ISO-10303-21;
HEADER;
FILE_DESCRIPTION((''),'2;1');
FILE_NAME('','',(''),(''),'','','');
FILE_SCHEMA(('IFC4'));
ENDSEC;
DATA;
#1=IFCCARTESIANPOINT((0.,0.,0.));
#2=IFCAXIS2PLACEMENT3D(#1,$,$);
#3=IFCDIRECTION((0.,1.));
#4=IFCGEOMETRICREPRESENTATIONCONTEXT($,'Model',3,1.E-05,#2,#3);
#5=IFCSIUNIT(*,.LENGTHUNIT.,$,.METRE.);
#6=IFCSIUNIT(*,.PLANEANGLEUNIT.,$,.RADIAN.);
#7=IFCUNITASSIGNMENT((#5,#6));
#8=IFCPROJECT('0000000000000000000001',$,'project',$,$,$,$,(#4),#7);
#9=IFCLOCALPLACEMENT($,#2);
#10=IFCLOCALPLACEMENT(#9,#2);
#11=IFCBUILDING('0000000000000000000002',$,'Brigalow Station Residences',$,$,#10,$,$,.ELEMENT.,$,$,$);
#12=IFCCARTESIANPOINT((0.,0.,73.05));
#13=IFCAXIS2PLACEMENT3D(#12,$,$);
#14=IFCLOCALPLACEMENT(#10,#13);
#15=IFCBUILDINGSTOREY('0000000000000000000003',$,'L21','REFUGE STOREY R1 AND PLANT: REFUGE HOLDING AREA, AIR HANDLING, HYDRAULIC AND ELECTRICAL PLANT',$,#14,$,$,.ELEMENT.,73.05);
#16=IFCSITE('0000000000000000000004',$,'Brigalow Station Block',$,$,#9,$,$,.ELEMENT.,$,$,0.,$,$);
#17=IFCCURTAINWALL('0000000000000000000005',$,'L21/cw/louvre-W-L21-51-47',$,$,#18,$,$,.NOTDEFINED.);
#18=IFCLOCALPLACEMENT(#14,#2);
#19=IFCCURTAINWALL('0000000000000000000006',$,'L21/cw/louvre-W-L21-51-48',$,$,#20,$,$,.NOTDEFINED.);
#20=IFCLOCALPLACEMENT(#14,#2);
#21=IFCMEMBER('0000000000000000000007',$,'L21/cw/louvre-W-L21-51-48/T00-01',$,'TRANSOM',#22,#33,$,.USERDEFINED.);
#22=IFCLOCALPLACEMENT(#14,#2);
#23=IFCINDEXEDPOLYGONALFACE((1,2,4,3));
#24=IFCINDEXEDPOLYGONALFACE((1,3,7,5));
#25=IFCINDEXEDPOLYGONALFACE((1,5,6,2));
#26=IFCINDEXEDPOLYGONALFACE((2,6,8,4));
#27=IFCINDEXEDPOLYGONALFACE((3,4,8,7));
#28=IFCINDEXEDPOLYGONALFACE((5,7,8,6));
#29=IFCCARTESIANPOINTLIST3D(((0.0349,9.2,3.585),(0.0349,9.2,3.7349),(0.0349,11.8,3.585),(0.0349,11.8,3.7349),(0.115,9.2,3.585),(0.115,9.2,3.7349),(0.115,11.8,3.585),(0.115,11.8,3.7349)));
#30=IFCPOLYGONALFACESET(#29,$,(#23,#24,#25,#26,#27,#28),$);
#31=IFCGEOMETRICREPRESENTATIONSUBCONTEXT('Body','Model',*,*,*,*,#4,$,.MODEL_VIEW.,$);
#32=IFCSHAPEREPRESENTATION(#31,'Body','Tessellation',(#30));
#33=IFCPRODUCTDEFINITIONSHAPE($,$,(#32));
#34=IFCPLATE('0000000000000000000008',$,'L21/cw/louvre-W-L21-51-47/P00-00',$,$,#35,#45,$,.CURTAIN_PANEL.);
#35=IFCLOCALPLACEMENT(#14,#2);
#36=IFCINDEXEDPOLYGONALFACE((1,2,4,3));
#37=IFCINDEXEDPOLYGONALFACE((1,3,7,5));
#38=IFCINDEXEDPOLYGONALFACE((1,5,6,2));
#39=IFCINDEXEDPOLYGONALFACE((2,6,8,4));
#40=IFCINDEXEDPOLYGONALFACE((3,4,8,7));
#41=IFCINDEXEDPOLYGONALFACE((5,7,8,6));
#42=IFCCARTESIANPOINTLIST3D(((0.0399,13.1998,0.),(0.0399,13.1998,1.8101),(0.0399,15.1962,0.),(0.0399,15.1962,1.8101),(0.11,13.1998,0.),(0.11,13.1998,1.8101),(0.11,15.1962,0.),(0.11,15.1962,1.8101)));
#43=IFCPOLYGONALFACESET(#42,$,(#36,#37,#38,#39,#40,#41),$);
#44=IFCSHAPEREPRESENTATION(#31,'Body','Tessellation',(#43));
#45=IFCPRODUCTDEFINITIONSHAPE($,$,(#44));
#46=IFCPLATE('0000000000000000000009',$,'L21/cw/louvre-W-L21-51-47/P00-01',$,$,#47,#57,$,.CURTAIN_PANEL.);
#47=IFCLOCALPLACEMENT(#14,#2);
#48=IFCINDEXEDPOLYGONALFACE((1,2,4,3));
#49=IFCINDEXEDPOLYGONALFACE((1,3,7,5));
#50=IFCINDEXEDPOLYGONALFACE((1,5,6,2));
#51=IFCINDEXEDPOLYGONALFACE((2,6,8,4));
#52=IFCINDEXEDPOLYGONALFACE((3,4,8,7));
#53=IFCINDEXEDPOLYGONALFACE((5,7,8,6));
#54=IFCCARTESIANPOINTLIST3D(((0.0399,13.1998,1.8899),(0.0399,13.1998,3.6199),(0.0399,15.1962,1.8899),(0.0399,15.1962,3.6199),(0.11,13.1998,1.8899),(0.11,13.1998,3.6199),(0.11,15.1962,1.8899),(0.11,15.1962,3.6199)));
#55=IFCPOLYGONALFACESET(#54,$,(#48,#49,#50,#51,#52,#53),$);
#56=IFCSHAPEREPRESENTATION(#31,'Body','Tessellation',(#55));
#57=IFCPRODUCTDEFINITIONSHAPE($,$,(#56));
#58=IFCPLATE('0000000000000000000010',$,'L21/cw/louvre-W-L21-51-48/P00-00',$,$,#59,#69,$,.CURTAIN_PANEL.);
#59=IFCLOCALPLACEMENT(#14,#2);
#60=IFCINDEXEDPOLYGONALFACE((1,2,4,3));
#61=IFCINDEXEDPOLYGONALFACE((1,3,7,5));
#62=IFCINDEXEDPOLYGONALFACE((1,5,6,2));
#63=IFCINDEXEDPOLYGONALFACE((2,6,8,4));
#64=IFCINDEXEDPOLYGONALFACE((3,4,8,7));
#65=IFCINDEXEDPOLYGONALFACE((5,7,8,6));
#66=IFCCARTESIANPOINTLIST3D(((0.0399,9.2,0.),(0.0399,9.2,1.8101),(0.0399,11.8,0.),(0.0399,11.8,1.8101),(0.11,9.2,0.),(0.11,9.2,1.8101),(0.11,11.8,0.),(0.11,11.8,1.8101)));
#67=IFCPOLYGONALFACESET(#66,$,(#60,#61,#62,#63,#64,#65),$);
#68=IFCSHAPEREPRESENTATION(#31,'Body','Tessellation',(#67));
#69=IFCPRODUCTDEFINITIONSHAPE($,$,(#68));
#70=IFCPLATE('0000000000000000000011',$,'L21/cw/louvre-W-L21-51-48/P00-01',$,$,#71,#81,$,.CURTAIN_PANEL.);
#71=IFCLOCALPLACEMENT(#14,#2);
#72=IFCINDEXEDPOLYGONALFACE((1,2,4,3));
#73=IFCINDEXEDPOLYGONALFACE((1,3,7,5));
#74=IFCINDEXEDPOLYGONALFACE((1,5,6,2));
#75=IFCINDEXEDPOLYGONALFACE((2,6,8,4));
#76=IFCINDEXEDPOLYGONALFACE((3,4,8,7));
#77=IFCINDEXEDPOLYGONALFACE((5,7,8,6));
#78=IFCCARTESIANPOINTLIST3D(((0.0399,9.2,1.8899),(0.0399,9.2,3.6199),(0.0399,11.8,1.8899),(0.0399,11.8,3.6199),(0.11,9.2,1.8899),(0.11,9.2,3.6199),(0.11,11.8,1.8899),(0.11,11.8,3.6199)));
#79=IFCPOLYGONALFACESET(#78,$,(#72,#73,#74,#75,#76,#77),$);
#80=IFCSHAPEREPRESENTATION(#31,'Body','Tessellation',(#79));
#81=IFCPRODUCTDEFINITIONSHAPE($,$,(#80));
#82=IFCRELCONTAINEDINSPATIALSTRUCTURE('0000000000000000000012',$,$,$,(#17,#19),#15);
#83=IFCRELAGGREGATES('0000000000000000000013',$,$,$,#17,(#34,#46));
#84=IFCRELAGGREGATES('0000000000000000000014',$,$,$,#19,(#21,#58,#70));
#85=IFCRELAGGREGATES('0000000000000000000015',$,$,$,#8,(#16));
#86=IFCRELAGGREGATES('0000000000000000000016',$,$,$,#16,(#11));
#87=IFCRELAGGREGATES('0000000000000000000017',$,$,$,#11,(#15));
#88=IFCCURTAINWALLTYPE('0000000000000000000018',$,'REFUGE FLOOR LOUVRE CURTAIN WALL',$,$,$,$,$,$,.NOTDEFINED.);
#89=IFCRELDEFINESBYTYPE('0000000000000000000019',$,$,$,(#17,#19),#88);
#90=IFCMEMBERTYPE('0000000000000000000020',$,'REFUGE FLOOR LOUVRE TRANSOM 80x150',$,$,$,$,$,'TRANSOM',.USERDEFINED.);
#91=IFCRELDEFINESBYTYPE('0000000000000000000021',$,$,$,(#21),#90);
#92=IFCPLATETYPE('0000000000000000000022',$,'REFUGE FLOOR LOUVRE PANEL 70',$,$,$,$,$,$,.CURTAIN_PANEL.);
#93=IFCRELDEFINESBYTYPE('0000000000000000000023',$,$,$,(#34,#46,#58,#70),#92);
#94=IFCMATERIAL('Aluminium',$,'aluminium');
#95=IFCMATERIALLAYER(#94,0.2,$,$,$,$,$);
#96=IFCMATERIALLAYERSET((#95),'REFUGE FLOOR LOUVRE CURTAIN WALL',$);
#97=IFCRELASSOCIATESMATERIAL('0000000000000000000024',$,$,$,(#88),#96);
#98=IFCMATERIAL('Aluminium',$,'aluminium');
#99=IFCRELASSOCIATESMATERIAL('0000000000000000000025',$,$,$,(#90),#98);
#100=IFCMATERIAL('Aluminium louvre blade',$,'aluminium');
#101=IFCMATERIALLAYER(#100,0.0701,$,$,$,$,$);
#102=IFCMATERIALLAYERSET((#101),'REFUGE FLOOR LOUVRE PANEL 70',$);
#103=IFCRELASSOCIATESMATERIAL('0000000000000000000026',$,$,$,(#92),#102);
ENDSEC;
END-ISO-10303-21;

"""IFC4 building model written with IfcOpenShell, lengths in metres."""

from ifc_helpers import new_model, si_unit, direction, frame, origin, origin_2d, place, context, subcontext, project, spatial, rectangle, extrude, material, layer, layer_set, material_profile, profile_set, type_object, element, aggregate, save


model = new_model("IFC4")

# Units and contexts
model_context = context("Model", 3, precision=1e-05, world=origin(), true_north=direction((0.0, 1.0)))
body_context = subcontext(model_context, "Body", "Model", "MODEL_VIEW")
ifc_project = project(units=[si_unit("LENGTHUNIT", "METRE"), si_unit("PLANEANGLEUNIT", "RADIAN")], contexts=[model_context])

# Site, building, storey
site_placement = place(None, origin())
site = spatial("IfcSite", under=ifc_project, at=site_placement, Name="Brigalow Station Block", CompositionType="ELEMENT", RefElevation=0.0)
building_placement = place(site_placement, origin())
building = spatial("IfcBuilding", under=site, at=building_placement, Name="Brigalow Station Residences", CompositionType="ELEMENT")
storey_placement = place(building_placement, frame((0.0, 0.0, 73.05)))
storey = spatial("IfcBuildingStorey", under=building, at=storey_placement, Name="L21", Description="REFUGE STOREY R1 AND PLANT: REFUGE HOLDING AREA, AIR HANDLING, HYDRAULIC AND ELECTRICAL PLANT", CompositionType="ELEMENT", Elevation=73.05)

# Curtain walls
ifc_material_1 = material(Name="Aluminium", Category="aluminium")
ifc_layer_1 = layer(ifc_material_1, 0.2)
ifc_layer_set_1 = layer_set([ifc_layer_1], Name="REFUGE FLOOR LOUVRE CURTAIN WALL")
curtain_wall_type = type_object("IfcCurtainWallType", Name="REFUGE FLOOR LOUVRE CURTAIN WALL", PredefinedType="NOTDEFINED", material=ifc_layer_set_1)
curtain_wall_1_placement = place(storey_placement, origin())
curtain_wall_1 = element("IfcCurtainWall", 1, at=curtain_wall_1_placement, inside=storey, type_object=curtain_wall_type, Name="L21/cw/louvre-W-L21-51-47", PredefinedType="NOTDEFINED")
curtain_wall_2_placement = place(storey_placement, origin())
curtain_wall_2 = element("IfcCurtainWall", 2, at=curtain_wall_2_placement, inside=storey, type_object=curtain_wall_type, Name="L21/cw/louvre-W-L21-51-48", PredefinedType="NOTDEFINED")

# Member
ifc_material_2 = material(Name="Aluminium", Category="aluminium")
ifc_material_profile_1 = material_profile(ifc_material_2, rectangle(XDim=0.0801, YDim=0.1499, at=origin_2d()), Name="REFUGE FLOOR LOUVRE TRANSOM 80x150")
ifc_profile_set_1 = profile_set([ifc_material_profile_1], Name="Aluminium")
member_type_1 = type_object("IfcMemberType", Name="REFUGE FLOOR LOUVRE TRANSOM 80x150", ElementType="TRANSOM", PredefinedType="USERDEFINED", material=ifc_profile_set_1)
member_1_placement = place(storey_placement, frame((0.075, 11.8, 3.6599), z_axis=(0.0, -1.0, 0.0), x_axis=(1.0, 0.0, 0.0)))
member_1 = element("IfcMember", 3, at=member_1_placement, type_object=member_type_1, Name="L21/cw/louvre-W-L21-51-48/T00-01", ObjectType="TRANSOM", PredefinedType="USERDEFINED", context=body_context, shape_type="SweptSolid", body=[
    extrude(rectangle(XDim=0.0801, YDim=0.1499, at=origin_2d()), origin(), (0.0, 0.0, 1.0), 2.6001),
])

# Plates
ifc_material_3 = material(Name="Aluminium louvre blade", Category="aluminium")
ifc_layer_2 = layer(ifc_material_3, 0.0701)
ifc_layer_set_2 = layer_set([ifc_layer_2], Name="REFUGE FLOOR LOUVRE PANEL 70")
plate_type = type_object("IfcPlateType", Name="REFUGE FLOOR LOUVRE PANEL 70", PredefinedType="CURTAIN_PANEL", material=ifc_layer_set_2)
plate_1_placement = place(storey_placement, frame((0.075, 14.198, 0.0), z_axis=(0.0, 0.0, 1.0), x_axis=(0.0, -1.0, 0.0)))
plate_1 = element("IfcPlate", 4, at=plate_1_placement, type_object=plate_type, Name="L21/cw/louvre-W-L21-51-47/P00-00", PredefinedType="CURTAIN_PANEL", context=body_context, shape_type="SweptSolid", body=[
    extrude(rectangle(XDim=1.9963, YDim=0.0701, at=origin_2d()), origin(), (0.0, 0.0, 1.0), 1.8101),
])
plate_2_placement = place(storey_placement, frame((0.075, 14.198, 1.8899), z_axis=(0.0, 0.0, 1.0), x_axis=(0.0, -1.0, 0.0)))
plate_2 = element("IfcPlate", 5, at=plate_2_placement, type_object=plate_type, Name="L21/cw/louvre-W-L21-51-47/P00-01", PredefinedType="CURTAIN_PANEL", context=body_context, shape_type="SweptSolid", body=[
    extrude(rectangle(XDim=1.9963, YDim=0.0701, at=origin_2d()), origin(), (0.0, 0.0, 1.0), 1.73),
])
aggregate(curtain_wall_1, [plate_1, plate_2])
plate_3_placement = place(storey_placement, frame((0.075, 10.5, 0.0), z_axis=(0.0, 0.0, 1.0), x_axis=(0.0, -1.0, 0.0)))
plate_3 = element("IfcPlate", 6, at=plate_3_placement, type_object=plate_type, Name="L21/cw/louvre-W-L21-51-48/P00-00", PredefinedType="CURTAIN_PANEL", context=body_context, shape_type="SweptSolid", body=[
    extrude(rectangle(XDim=2.6001, YDim=0.0701, at=origin_2d()), origin(), (0.0, 0.0, 1.0), 1.8101),
])
plate_4_placement = place(storey_placement, frame((0.075, 10.5, 1.8899), z_axis=(0.0, 0.0, 1.0), x_axis=(0.0, -1.0, 0.0)))
plate_4 = element("IfcPlate", 7, at=plate_4_placement, type_object=plate_type, Name="L21/cw/louvre-W-L21-51-48/P00-01", PredefinedType="CURTAIN_PANEL", context=body_context, shape_type="SweptSolid", body=[
    extrude(rectangle(XDim=2.6001, YDim=0.0701, at=origin_2d()), origin(), (0.0, 0.0, 1.0), 1.73),
])
aggregate(curtain_wall_2, [member_1, plate_3, plate_4])

save(model, "model.ifc")
